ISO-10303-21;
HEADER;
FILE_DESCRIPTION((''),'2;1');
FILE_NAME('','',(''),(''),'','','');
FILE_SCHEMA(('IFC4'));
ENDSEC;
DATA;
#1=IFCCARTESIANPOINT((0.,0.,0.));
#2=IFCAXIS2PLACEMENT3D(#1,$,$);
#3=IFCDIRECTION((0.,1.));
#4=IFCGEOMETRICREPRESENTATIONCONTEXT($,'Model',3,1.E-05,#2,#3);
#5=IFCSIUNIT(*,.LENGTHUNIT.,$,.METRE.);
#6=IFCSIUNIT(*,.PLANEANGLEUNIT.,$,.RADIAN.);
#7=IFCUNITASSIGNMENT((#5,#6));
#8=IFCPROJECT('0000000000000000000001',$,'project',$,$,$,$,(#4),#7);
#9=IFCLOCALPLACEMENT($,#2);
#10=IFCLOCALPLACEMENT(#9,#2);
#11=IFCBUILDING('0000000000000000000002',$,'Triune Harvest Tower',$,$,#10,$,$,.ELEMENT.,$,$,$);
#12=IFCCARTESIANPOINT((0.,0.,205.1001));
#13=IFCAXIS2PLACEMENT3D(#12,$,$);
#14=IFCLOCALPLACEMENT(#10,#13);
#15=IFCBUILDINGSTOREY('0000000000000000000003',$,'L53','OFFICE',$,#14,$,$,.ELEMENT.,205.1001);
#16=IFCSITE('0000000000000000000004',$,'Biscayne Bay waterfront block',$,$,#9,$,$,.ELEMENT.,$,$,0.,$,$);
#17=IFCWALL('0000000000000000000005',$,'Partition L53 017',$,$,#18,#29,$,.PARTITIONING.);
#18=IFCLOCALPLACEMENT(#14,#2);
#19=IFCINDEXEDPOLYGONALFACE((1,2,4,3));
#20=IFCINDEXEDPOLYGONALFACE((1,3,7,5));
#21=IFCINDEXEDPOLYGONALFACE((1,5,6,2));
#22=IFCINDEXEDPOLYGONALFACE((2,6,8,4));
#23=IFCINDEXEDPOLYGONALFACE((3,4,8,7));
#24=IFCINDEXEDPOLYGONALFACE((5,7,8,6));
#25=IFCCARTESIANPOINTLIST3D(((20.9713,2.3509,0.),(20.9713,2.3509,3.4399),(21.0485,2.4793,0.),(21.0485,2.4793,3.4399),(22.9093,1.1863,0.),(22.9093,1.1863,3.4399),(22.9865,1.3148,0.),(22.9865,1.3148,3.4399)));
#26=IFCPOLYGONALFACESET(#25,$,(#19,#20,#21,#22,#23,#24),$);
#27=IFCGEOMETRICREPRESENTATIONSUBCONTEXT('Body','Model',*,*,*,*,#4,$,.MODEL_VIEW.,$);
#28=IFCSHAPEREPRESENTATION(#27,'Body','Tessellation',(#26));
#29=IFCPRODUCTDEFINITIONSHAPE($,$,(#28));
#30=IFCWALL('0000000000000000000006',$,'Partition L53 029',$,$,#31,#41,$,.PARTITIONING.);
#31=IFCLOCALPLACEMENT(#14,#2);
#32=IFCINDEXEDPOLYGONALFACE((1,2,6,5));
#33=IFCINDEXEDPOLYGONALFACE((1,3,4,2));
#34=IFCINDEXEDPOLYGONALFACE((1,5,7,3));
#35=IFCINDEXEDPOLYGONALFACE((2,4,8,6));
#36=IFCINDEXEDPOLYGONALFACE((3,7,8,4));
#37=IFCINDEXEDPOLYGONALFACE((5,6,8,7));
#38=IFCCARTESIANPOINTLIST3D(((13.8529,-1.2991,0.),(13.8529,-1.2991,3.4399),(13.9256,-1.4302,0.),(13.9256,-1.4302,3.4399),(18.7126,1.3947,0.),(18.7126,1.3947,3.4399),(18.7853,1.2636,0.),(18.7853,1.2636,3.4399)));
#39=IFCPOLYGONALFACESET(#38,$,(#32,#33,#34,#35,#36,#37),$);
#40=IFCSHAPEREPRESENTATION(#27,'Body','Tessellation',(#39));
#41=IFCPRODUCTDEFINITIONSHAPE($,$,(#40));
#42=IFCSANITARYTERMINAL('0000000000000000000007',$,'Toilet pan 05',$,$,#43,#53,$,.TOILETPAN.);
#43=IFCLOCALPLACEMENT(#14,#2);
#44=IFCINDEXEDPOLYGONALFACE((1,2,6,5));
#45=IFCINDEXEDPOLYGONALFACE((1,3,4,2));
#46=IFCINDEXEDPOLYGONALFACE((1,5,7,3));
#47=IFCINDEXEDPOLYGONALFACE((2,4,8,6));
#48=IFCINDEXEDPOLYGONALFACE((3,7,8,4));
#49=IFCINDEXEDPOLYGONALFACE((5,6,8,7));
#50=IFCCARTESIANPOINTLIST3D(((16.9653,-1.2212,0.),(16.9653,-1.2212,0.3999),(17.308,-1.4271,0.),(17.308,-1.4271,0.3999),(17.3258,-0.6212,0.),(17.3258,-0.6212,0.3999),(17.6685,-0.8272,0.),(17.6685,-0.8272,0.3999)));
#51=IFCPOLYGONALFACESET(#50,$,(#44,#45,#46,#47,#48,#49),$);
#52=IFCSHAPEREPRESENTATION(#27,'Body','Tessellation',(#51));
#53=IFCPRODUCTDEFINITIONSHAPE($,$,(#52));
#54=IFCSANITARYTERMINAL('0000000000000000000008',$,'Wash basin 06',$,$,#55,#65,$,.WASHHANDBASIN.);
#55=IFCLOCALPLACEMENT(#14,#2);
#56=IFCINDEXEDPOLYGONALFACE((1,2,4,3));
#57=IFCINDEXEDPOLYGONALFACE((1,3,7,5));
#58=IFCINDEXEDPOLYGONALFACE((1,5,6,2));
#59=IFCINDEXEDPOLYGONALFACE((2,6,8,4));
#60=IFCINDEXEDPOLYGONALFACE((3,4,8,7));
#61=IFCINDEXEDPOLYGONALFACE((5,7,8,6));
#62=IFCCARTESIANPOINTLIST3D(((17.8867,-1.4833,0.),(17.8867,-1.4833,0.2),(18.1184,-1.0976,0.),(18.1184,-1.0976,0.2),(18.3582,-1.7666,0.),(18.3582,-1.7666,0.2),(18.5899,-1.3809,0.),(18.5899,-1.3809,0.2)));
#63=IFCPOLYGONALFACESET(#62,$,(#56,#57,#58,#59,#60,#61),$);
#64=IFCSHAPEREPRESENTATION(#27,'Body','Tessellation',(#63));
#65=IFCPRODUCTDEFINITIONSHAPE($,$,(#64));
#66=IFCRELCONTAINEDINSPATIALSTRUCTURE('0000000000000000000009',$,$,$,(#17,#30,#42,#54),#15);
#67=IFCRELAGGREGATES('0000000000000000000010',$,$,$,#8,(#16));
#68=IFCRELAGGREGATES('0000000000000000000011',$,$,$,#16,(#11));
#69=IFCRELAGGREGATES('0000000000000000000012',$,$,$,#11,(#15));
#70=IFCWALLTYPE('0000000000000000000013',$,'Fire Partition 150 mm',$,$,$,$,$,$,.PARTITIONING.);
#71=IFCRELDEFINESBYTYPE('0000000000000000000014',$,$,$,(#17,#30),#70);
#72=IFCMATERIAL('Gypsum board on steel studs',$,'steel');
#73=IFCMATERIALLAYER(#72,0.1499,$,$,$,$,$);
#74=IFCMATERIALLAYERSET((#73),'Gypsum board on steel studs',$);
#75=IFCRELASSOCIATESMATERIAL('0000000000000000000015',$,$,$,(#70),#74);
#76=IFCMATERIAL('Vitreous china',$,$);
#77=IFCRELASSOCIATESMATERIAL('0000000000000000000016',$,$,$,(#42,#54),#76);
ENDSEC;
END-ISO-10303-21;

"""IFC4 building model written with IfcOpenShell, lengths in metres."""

from ifc_helpers import new_model, si_unit, direction, frame, frame_2d, origin, origin_2d, place, context, subcontext, project, spatial, rectangle, extrude, source, transform, mapped, material, layer, layer_set, type_object, element, save


model = new_model("IFC4")

# Units and contexts
model_context = context("Model", 3, precision=1e-05, world=origin(), true_north=direction((0.0, 1.0)))
body_context = subcontext(model_context, "Body", "Model", "MODEL_VIEW")
ifc_project = project(units=[si_unit("LENGTHUNIT", "METRE"), si_unit("PLANEANGLEUNIT", "RADIAN")], contexts=[model_context])

# Site, building, storey
site_placement = place(None, origin())
site = spatial("IfcSite", under=ifc_project, at=site_placement, Name="Biscayne Bay waterfront block", CompositionType="ELEMENT", RefElevation=0.0)
building_placement = place(site_placement, origin())
building = spatial("IfcBuilding", under=site, at=building_placement, Name="Triune Harvest Tower", CompositionType="ELEMENT")
storey_placement = place(building_placement, frame((0.0, 0.0, 205.1001)))
storey = spatial("IfcBuildingStorey", under=building, at=storey_placement, Name="L53", Description="OFFICE", CompositionType="ELEMENT", Elevation=205.1001)

# Shared definitions
ifc_material_1 = material(Name="Gypsum board on steel studs", Category="steel")
ifc_layer_1 = layer(ifc_material_1, 0.1499)
ifc_layer_set_1 = layer_set([ifc_layer_1], Name="Gypsum board on steel studs")
wall_type_1 = type_object("IfcWallType", Name="Fire Partition 150 mm", PredefinedType="PARTITIONING", material=ifc_layer_set_1)

# Walls
shared_shape_1 = source(origin(), body_context, "Body", "SweptSolid", [
    extrude(rectangle(XDim=2.261, YDim=0.1499, at=frame_2d((1.1304, 0.0))), origin(), (0.0, 0.0, 1.0), 3.4399),
])
wall_1_placement = place(storey_placement, frame((21.01, 2.415, 0.0), z_axis=(0.0, 0.0, 1.0), x_axis=(0.85715, -0.515067, 0.0)))
element("IfcWall", 1, at=wall_1_placement, inside=storey, type_object=wall_type_1, Name="Partition L53 017", PredefinedType="PARTITIONING", context=body_context, shape_type="MappedRepresentation", body=[
    mapped(shared_shape_1, transform((0.0, 0.0, 0.0), scale=1.0)),
])
shared_shape_2 = source(origin(), body_context, "Body", "SweptSolid", [
    extrude(rectangle(XDim=5.5564, YDim=0.1499, at=frame_2d((2.7783, 0.0))), origin(), (0.0, 0.0, 1.0), 3.4399),
])
wall_2_placement = place(storey_placement, frame((13.8892, -1.3647, 0.0), z_axis=(0.0, 0.0, 1.0), x_axis=(0.874611, 0.484826, 0.0)))
element("IfcWall", 2, at=wall_2_placement, inside=storey, type_object=wall_type_1, Name="Partition L53 029", PredefinedType="PARTITIONING", context=body_context, shape_type="MappedRepresentation", body=[
    mapped(shared_shape_2, transform((0.0, 0.0, 0.0), scale=1.0)),
])

# Sanitary terminals
ifc_material_2 = material(Name="Vitreous china")
shared_shape_3 = source(origin(), body_context, "Body", "SweptSolid", [
    extrude(rectangle(XDim=0.3999, YDim=0.7, at=origin_2d()), origin(), (0.0, 0.0, 1.0), 0.3999),
])
sanitary_terminal_1_placement = place(storey_placement, frame((17.3169, -1.0242, 0.0), z_axis=(0.0, 0.0, 1.0), x_axis=(0.857167, -0.515038, 0.0)))
element("IfcSanitaryTerminal", 3, at=sanitary_terminal_1_placement, inside=storey, material=ifc_material_2, Name="Toilet pan 05", PredefinedType="TOILETPAN", context=body_context, shape_type="MappedRepresentation", body=[
    mapped(shared_shape_3, transform((0.0, 0.0, 0.0), scale=1.0)),
])
shared_shape_4 = source(origin(), body_context, "Body", "SweptSolid", [
    extrude(rectangle(XDim=0.55, YDim=0.45, at=origin_2d()), origin(), (0.0, 0.0, 1.0), 0.2),
])
sanitary_terminal_2_placement = place(storey_placement, frame((18.2383, -1.4321, 0.0), z_axis=(0.0, 0.0, 1.0), x_axis=(0.857167, -0.515038, 0.0)))
element("IfcSanitaryTerminal", 4, at=sanitary_terminal_2_placement, inside=storey, material=ifc_material_2, Name="Wash basin 06", PredefinedType="WASHHANDBASIN", context=body_context, shape_type="MappedRepresentation", body=[
    mapped(shared_shape_4, transform((0.0, 0.0, 0.0), scale=1.0)),
])

save(model, "model.ifc")
